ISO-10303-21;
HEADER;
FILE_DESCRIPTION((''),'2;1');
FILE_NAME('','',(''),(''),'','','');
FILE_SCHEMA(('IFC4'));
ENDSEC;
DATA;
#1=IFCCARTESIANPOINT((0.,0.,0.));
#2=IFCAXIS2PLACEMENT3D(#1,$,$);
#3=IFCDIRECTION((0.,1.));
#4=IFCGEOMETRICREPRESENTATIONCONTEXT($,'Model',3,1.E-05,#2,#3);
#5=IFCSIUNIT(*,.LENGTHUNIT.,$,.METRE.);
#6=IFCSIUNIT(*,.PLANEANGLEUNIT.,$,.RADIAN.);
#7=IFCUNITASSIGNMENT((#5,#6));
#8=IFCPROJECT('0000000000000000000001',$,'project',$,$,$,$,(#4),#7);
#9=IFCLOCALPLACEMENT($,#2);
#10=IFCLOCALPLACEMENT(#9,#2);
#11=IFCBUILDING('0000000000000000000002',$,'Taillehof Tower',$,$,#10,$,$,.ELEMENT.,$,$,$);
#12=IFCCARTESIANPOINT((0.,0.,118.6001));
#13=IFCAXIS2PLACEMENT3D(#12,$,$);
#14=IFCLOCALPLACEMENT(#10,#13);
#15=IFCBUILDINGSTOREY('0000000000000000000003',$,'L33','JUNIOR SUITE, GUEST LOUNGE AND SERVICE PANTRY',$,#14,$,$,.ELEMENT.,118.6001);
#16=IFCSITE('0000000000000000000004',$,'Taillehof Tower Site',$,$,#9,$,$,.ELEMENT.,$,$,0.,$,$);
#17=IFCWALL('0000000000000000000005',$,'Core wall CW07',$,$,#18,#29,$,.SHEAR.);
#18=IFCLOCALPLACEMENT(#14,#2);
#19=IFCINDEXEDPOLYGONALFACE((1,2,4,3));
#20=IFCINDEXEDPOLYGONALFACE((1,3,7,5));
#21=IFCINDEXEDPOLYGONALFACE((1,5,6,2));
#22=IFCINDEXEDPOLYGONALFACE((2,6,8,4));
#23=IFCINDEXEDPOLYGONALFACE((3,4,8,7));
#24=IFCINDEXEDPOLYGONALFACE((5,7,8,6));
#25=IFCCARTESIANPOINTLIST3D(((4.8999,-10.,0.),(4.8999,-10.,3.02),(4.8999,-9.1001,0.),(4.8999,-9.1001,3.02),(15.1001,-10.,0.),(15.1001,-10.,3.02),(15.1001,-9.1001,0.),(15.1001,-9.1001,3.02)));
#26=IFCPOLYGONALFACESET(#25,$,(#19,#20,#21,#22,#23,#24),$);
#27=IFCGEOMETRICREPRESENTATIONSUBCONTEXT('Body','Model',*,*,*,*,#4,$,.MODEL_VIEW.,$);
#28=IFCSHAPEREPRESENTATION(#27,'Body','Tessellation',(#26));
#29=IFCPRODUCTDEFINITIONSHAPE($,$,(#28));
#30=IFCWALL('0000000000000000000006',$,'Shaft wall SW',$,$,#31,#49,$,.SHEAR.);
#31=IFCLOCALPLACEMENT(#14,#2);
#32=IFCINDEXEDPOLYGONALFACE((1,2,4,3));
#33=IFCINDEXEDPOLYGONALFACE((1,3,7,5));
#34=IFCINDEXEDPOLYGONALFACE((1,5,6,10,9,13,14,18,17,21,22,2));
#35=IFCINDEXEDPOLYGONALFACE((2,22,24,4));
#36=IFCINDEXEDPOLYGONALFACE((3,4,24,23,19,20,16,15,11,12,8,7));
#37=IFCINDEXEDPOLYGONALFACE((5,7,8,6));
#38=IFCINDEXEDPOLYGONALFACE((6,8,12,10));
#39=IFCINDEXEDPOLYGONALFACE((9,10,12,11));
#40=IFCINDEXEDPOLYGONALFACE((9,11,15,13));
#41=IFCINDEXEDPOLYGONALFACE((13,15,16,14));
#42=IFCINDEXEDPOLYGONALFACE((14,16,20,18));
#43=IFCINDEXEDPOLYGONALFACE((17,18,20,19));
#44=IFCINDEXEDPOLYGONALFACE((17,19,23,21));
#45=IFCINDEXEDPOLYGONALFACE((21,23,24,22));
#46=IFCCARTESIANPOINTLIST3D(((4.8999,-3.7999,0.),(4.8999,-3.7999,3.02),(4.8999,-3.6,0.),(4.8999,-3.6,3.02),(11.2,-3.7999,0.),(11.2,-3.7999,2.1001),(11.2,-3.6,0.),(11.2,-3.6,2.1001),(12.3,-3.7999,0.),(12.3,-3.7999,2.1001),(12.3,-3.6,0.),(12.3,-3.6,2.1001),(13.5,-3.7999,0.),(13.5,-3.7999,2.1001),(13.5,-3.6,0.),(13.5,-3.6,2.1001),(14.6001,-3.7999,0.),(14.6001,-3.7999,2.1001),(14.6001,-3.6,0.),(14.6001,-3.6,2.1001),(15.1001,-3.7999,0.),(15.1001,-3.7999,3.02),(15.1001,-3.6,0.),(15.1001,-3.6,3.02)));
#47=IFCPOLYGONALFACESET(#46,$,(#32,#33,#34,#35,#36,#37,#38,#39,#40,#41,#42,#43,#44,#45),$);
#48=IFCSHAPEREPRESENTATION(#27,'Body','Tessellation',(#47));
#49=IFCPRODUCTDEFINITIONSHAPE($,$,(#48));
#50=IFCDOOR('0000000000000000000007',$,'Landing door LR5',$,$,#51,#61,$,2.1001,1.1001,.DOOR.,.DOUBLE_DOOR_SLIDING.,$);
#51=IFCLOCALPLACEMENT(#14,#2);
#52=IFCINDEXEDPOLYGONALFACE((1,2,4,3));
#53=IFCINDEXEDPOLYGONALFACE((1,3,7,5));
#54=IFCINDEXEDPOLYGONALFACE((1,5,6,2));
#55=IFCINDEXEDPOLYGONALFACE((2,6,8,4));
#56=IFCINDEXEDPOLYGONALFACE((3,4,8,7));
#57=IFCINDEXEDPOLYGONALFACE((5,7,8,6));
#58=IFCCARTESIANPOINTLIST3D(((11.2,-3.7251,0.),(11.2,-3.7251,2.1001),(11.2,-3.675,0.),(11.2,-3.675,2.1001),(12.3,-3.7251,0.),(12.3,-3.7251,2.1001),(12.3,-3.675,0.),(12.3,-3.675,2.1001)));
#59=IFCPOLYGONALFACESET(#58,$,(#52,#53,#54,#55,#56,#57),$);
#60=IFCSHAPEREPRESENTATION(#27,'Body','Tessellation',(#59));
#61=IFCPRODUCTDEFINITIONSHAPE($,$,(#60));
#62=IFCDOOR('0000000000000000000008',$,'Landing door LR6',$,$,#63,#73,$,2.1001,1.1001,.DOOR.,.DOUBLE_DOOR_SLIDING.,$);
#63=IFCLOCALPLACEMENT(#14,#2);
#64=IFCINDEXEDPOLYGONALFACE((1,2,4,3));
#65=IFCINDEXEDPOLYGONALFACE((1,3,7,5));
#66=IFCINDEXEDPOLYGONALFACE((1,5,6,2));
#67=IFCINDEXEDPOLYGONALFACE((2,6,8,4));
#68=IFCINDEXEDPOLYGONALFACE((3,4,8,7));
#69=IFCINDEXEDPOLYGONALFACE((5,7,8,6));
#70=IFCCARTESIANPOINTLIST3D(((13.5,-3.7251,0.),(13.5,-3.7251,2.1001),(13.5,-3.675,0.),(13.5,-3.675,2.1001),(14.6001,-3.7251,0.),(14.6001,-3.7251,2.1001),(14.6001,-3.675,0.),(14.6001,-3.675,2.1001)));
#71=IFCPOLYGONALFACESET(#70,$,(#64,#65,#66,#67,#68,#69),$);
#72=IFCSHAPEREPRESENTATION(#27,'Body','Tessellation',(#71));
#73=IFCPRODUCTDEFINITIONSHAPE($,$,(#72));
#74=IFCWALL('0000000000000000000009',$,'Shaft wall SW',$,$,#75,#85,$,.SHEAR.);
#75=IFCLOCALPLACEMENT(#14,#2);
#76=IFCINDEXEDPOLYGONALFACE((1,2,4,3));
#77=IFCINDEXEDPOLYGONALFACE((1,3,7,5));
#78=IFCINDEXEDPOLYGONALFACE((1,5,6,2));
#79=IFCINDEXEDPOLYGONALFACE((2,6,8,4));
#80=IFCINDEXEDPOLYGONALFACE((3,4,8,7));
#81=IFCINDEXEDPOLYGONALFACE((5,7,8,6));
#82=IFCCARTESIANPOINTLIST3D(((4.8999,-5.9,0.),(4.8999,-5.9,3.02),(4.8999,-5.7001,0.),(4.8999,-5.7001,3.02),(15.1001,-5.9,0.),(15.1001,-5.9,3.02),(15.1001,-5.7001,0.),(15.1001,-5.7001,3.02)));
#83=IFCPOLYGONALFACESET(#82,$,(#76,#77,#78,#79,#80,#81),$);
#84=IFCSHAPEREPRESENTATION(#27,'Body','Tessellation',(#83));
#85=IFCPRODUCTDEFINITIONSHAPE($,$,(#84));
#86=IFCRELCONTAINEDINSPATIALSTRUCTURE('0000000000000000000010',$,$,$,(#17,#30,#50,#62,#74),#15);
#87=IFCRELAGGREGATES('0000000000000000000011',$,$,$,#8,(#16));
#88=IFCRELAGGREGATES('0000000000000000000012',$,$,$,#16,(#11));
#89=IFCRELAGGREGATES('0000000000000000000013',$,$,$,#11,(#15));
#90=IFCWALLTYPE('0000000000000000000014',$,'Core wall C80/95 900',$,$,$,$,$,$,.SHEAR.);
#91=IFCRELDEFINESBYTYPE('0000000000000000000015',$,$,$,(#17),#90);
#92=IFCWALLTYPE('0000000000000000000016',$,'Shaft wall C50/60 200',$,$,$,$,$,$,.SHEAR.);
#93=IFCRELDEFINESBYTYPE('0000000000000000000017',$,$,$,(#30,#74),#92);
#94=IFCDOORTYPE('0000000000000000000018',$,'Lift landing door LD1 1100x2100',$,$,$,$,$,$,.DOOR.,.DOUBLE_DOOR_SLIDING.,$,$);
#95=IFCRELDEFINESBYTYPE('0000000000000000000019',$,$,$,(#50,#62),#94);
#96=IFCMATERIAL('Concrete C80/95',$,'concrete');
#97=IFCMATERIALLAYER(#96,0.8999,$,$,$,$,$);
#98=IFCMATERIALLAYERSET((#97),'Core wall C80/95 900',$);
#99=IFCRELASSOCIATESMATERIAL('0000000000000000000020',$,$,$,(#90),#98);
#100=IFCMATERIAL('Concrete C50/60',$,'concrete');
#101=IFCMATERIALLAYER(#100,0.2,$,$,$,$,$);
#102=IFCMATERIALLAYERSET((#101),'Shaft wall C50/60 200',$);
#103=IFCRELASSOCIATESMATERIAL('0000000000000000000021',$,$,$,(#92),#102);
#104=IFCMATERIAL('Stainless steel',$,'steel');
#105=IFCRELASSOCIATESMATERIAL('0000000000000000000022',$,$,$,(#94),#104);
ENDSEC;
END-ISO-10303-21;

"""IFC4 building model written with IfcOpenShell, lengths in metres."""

from ifc_helpers import new_model, si_unit, direction, frame, frame_2d, origin, place, context, subcontext, project, spatial, rectangle, extrude, material, layer, layer_set, type_object, element, fill, save


model = new_model("IFC4")

# Units and contexts
model_context = context("Model", 3, precision=1e-05, world=origin(), true_north=direction((0.0, 1.0)))
body_context = subcontext(model_context, "Body", "Model", "MODEL_VIEW")
ifc_project = project(units=[si_unit("LENGTHUNIT", "METRE"), si_unit("PLANEANGLEUNIT", "RADIAN")], contexts=[model_context])

# Site, building, storey
site_placement = place(None, origin())
site = spatial("IfcSite", under=ifc_project, at=site_placement, Name="Taillehof Tower Site", CompositionType="ELEMENT", RefElevation=0.0)
building_placement = place(site_placement, origin())
building = spatial("IfcBuilding", under=site, at=building_placement, Name="Taillehof Tower", CompositionType="ELEMENT")
storey_placement = place(building_placement, frame((0.0, 0.0, 118.6001)))
storey = spatial("IfcBuildingStorey", under=building, at=storey_placement, Name="L33", Description="JUNIOR SUITE, GUEST LOUNGE AND SERVICE PANTRY", CompositionType="ELEMENT", Elevation=118.6001)

# Shared definitions
ifc_material_1 = material(Name="Concrete C80/95", Category="concrete")
ifc_layer_1 = layer(ifc_material_1, 0.8999)
ifc_layer_set_1 = layer_set([ifc_layer_1], Name="Core wall C80/95 900")
wall_type_1 = type_object("IfcWallType", Name="Core wall C80/95 900", PredefinedType="SHEAR", material=ifc_layer_set_1)

# Wall
wall_1_placement = place(storey_placement, frame((4.8999, -9.55, 0.0), z_axis=(0.0, 0.0, 1.0), x_axis=(1.0, 0.0, 0.0)))
element("IfcWall", 1, at=wall_1_placement, inside=storey, type_object=wall_type_1, Name="Core wall CW07", PredefinedType="SHEAR", context=body_context, shape_type="SweptSolid", body=[
    extrude(rectangle(XDim=10.2002, YDim=0.8999, at=frame_2d((5.1001, 0.0))), origin(), (0.0, 0.0, 1.0), 3.02),
])

# Wall, openings, doors
ifc_material_2 = material(Name="Concrete C50/60", Category="concrete")
ifc_layer_2 = layer(ifc_material_2, 0.2)
ifc_layer_set_2 = layer_set([ifc_layer_2], Name="Shaft wall C50/60 200")
wall_type_2 = type_object("IfcWallType", Name="Shaft wall C50/60 200", PredefinedType="SHEAR", material=ifc_layer_set_2)
wall_2_placement = place(storey_placement, frame((4.8999, -3.7, 0.0), z_axis=(0.0, 0.0, 1.0), x_axis=(1.0, 0.0, 0.0)))
wall_2 = element("IfcWall", 2, at=wall_2_placement, inside=storey, type_object=wall_type_2, Name="Shaft wall SW", PredefinedType="SHEAR", context=body_context, shape_type="SweptSolid", body=[
    extrude(rectangle(XDim=10.2002, YDim=0.2, at=frame_2d((5.1001, 0.0))), origin(), (0.0, 0.0, 1.0), 3.02),
])
opening_1_placement = place(wall_2_placement, frame((6.3, 0.0, 0.0)))
opening_1 = element("IfcOpeningElement", 3, at=opening_1_placement, cuts=wall_2, PredefinedType="OPENING", context=body_context, shape_type="SweptSolid", body=[
    extrude(rectangle(XDim=1.1001, YDim=2.1001, at=frame_2d((0.55, 1.05))), frame((0.0, 0.1099, 0.0), z_axis=(0.0, -1.0, 0.0), x_axis=(1.0, 0.0, 0.0)), (0.0, 0.0, 1.0), 0.22),
])
opening_2_placement = place(wall_2_placement, frame((8.6001, 0.0, 0.0)))
opening_2 = element("IfcOpeningElement", 4, at=opening_2_placement, cuts=wall_2, PredefinedType="OPENING", context=body_context, shape_type="SweptSolid", body=[
    extrude(rectangle(XDim=1.1001, YDim=2.1001, at=frame_2d((0.55, 1.05))), frame((0.0, 0.1099, 0.0), z_axis=(0.0, -1.0, 0.0), x_axis=(1.0, 0.0, 0.0)), (0.0, 0.0, 1.0), 0.22),
])
ifc_material_3 = material(Name="Stainless steel", Category="steel")
door_type_1 = type_object("IfcDoorType", Name="Lift landing door LD1 1100x2100", OperationType="DOUBLE_DOOR_SLIDING", PredefinedType="DOOR", material=ifc_material_3)
door_1_placement = place(opening_1_placement, origin())
door_1 = element("IfcDoor", 5, at=door_1_placement, inside=storey, type_object=door_type_1, Name="Landing door LR5", OperationType="DOUBLE_DOOR_SLIDING", OverallHeight=2.1001, OverallWidth=1.1001, PredefinedType="DOOR", context=body_context, shape_type="SweptSolid", body=[
    extrude(rectangle(XDim=1.1001, YDim=2.1001, at=frame_2d((0.55, 1.05))), frame((0.0, 0.0249, 0.0), z_axis=(0.0, -1.0, 0.0), x_axis=(1.0, 0.0, 0.0)), (0.0, 0.0, 1.0), 0.05),
])
fill(opening_1, door_1)
door_2_placement = place(opening_2_placement, origin())
door_2 = element("IfcDoor", 6, at=door_2_placement, inside=storey, type_object=door_type_1, Name="Landing door LR6", OperationType="DOUBLE_DOOR_SLIDING", OverallHeight=2.1001, OverallWidth=1.1001, PredefinedType="DOOR", context=body_context, shape_type="SweptSolid", body=[
    extrude(rectangle(XDim=1.1001, YDim=2.1001, at=frame_2d((0.55, 1.05))), frame((0.0, 0.0249, 0.0), z_axis=(0.0, -1.0, 0.0), x_axis=(1.0, 0.0, 0.0)), (0.0, 0.0, 1.0), 0.05),
])
fill(opening_2, door_2)

# Wall
wall_3_placement = place(storey_placement, frame((4.8999, -5.8, 0.0), z_axis=(0.0, 0.0, 1.0), x_axis=(1.0, 0.0, 0.0)))
element("IfcWall", 7, at=wall_3_placement, inside=storey, type_object=wall_type_2, Name="Shaft wall SW", PredefinedType="SHEAR", context=body_context, shape_type="SweptSolid", body=[
    extrude(rectangle(XDim=10.2002, YDim=0.2, at=frame_2d((5.1001, 0.0))), origin(), (0.0, 0.0, 1.0), 3.02),
])

save(model, "model.ifc")
